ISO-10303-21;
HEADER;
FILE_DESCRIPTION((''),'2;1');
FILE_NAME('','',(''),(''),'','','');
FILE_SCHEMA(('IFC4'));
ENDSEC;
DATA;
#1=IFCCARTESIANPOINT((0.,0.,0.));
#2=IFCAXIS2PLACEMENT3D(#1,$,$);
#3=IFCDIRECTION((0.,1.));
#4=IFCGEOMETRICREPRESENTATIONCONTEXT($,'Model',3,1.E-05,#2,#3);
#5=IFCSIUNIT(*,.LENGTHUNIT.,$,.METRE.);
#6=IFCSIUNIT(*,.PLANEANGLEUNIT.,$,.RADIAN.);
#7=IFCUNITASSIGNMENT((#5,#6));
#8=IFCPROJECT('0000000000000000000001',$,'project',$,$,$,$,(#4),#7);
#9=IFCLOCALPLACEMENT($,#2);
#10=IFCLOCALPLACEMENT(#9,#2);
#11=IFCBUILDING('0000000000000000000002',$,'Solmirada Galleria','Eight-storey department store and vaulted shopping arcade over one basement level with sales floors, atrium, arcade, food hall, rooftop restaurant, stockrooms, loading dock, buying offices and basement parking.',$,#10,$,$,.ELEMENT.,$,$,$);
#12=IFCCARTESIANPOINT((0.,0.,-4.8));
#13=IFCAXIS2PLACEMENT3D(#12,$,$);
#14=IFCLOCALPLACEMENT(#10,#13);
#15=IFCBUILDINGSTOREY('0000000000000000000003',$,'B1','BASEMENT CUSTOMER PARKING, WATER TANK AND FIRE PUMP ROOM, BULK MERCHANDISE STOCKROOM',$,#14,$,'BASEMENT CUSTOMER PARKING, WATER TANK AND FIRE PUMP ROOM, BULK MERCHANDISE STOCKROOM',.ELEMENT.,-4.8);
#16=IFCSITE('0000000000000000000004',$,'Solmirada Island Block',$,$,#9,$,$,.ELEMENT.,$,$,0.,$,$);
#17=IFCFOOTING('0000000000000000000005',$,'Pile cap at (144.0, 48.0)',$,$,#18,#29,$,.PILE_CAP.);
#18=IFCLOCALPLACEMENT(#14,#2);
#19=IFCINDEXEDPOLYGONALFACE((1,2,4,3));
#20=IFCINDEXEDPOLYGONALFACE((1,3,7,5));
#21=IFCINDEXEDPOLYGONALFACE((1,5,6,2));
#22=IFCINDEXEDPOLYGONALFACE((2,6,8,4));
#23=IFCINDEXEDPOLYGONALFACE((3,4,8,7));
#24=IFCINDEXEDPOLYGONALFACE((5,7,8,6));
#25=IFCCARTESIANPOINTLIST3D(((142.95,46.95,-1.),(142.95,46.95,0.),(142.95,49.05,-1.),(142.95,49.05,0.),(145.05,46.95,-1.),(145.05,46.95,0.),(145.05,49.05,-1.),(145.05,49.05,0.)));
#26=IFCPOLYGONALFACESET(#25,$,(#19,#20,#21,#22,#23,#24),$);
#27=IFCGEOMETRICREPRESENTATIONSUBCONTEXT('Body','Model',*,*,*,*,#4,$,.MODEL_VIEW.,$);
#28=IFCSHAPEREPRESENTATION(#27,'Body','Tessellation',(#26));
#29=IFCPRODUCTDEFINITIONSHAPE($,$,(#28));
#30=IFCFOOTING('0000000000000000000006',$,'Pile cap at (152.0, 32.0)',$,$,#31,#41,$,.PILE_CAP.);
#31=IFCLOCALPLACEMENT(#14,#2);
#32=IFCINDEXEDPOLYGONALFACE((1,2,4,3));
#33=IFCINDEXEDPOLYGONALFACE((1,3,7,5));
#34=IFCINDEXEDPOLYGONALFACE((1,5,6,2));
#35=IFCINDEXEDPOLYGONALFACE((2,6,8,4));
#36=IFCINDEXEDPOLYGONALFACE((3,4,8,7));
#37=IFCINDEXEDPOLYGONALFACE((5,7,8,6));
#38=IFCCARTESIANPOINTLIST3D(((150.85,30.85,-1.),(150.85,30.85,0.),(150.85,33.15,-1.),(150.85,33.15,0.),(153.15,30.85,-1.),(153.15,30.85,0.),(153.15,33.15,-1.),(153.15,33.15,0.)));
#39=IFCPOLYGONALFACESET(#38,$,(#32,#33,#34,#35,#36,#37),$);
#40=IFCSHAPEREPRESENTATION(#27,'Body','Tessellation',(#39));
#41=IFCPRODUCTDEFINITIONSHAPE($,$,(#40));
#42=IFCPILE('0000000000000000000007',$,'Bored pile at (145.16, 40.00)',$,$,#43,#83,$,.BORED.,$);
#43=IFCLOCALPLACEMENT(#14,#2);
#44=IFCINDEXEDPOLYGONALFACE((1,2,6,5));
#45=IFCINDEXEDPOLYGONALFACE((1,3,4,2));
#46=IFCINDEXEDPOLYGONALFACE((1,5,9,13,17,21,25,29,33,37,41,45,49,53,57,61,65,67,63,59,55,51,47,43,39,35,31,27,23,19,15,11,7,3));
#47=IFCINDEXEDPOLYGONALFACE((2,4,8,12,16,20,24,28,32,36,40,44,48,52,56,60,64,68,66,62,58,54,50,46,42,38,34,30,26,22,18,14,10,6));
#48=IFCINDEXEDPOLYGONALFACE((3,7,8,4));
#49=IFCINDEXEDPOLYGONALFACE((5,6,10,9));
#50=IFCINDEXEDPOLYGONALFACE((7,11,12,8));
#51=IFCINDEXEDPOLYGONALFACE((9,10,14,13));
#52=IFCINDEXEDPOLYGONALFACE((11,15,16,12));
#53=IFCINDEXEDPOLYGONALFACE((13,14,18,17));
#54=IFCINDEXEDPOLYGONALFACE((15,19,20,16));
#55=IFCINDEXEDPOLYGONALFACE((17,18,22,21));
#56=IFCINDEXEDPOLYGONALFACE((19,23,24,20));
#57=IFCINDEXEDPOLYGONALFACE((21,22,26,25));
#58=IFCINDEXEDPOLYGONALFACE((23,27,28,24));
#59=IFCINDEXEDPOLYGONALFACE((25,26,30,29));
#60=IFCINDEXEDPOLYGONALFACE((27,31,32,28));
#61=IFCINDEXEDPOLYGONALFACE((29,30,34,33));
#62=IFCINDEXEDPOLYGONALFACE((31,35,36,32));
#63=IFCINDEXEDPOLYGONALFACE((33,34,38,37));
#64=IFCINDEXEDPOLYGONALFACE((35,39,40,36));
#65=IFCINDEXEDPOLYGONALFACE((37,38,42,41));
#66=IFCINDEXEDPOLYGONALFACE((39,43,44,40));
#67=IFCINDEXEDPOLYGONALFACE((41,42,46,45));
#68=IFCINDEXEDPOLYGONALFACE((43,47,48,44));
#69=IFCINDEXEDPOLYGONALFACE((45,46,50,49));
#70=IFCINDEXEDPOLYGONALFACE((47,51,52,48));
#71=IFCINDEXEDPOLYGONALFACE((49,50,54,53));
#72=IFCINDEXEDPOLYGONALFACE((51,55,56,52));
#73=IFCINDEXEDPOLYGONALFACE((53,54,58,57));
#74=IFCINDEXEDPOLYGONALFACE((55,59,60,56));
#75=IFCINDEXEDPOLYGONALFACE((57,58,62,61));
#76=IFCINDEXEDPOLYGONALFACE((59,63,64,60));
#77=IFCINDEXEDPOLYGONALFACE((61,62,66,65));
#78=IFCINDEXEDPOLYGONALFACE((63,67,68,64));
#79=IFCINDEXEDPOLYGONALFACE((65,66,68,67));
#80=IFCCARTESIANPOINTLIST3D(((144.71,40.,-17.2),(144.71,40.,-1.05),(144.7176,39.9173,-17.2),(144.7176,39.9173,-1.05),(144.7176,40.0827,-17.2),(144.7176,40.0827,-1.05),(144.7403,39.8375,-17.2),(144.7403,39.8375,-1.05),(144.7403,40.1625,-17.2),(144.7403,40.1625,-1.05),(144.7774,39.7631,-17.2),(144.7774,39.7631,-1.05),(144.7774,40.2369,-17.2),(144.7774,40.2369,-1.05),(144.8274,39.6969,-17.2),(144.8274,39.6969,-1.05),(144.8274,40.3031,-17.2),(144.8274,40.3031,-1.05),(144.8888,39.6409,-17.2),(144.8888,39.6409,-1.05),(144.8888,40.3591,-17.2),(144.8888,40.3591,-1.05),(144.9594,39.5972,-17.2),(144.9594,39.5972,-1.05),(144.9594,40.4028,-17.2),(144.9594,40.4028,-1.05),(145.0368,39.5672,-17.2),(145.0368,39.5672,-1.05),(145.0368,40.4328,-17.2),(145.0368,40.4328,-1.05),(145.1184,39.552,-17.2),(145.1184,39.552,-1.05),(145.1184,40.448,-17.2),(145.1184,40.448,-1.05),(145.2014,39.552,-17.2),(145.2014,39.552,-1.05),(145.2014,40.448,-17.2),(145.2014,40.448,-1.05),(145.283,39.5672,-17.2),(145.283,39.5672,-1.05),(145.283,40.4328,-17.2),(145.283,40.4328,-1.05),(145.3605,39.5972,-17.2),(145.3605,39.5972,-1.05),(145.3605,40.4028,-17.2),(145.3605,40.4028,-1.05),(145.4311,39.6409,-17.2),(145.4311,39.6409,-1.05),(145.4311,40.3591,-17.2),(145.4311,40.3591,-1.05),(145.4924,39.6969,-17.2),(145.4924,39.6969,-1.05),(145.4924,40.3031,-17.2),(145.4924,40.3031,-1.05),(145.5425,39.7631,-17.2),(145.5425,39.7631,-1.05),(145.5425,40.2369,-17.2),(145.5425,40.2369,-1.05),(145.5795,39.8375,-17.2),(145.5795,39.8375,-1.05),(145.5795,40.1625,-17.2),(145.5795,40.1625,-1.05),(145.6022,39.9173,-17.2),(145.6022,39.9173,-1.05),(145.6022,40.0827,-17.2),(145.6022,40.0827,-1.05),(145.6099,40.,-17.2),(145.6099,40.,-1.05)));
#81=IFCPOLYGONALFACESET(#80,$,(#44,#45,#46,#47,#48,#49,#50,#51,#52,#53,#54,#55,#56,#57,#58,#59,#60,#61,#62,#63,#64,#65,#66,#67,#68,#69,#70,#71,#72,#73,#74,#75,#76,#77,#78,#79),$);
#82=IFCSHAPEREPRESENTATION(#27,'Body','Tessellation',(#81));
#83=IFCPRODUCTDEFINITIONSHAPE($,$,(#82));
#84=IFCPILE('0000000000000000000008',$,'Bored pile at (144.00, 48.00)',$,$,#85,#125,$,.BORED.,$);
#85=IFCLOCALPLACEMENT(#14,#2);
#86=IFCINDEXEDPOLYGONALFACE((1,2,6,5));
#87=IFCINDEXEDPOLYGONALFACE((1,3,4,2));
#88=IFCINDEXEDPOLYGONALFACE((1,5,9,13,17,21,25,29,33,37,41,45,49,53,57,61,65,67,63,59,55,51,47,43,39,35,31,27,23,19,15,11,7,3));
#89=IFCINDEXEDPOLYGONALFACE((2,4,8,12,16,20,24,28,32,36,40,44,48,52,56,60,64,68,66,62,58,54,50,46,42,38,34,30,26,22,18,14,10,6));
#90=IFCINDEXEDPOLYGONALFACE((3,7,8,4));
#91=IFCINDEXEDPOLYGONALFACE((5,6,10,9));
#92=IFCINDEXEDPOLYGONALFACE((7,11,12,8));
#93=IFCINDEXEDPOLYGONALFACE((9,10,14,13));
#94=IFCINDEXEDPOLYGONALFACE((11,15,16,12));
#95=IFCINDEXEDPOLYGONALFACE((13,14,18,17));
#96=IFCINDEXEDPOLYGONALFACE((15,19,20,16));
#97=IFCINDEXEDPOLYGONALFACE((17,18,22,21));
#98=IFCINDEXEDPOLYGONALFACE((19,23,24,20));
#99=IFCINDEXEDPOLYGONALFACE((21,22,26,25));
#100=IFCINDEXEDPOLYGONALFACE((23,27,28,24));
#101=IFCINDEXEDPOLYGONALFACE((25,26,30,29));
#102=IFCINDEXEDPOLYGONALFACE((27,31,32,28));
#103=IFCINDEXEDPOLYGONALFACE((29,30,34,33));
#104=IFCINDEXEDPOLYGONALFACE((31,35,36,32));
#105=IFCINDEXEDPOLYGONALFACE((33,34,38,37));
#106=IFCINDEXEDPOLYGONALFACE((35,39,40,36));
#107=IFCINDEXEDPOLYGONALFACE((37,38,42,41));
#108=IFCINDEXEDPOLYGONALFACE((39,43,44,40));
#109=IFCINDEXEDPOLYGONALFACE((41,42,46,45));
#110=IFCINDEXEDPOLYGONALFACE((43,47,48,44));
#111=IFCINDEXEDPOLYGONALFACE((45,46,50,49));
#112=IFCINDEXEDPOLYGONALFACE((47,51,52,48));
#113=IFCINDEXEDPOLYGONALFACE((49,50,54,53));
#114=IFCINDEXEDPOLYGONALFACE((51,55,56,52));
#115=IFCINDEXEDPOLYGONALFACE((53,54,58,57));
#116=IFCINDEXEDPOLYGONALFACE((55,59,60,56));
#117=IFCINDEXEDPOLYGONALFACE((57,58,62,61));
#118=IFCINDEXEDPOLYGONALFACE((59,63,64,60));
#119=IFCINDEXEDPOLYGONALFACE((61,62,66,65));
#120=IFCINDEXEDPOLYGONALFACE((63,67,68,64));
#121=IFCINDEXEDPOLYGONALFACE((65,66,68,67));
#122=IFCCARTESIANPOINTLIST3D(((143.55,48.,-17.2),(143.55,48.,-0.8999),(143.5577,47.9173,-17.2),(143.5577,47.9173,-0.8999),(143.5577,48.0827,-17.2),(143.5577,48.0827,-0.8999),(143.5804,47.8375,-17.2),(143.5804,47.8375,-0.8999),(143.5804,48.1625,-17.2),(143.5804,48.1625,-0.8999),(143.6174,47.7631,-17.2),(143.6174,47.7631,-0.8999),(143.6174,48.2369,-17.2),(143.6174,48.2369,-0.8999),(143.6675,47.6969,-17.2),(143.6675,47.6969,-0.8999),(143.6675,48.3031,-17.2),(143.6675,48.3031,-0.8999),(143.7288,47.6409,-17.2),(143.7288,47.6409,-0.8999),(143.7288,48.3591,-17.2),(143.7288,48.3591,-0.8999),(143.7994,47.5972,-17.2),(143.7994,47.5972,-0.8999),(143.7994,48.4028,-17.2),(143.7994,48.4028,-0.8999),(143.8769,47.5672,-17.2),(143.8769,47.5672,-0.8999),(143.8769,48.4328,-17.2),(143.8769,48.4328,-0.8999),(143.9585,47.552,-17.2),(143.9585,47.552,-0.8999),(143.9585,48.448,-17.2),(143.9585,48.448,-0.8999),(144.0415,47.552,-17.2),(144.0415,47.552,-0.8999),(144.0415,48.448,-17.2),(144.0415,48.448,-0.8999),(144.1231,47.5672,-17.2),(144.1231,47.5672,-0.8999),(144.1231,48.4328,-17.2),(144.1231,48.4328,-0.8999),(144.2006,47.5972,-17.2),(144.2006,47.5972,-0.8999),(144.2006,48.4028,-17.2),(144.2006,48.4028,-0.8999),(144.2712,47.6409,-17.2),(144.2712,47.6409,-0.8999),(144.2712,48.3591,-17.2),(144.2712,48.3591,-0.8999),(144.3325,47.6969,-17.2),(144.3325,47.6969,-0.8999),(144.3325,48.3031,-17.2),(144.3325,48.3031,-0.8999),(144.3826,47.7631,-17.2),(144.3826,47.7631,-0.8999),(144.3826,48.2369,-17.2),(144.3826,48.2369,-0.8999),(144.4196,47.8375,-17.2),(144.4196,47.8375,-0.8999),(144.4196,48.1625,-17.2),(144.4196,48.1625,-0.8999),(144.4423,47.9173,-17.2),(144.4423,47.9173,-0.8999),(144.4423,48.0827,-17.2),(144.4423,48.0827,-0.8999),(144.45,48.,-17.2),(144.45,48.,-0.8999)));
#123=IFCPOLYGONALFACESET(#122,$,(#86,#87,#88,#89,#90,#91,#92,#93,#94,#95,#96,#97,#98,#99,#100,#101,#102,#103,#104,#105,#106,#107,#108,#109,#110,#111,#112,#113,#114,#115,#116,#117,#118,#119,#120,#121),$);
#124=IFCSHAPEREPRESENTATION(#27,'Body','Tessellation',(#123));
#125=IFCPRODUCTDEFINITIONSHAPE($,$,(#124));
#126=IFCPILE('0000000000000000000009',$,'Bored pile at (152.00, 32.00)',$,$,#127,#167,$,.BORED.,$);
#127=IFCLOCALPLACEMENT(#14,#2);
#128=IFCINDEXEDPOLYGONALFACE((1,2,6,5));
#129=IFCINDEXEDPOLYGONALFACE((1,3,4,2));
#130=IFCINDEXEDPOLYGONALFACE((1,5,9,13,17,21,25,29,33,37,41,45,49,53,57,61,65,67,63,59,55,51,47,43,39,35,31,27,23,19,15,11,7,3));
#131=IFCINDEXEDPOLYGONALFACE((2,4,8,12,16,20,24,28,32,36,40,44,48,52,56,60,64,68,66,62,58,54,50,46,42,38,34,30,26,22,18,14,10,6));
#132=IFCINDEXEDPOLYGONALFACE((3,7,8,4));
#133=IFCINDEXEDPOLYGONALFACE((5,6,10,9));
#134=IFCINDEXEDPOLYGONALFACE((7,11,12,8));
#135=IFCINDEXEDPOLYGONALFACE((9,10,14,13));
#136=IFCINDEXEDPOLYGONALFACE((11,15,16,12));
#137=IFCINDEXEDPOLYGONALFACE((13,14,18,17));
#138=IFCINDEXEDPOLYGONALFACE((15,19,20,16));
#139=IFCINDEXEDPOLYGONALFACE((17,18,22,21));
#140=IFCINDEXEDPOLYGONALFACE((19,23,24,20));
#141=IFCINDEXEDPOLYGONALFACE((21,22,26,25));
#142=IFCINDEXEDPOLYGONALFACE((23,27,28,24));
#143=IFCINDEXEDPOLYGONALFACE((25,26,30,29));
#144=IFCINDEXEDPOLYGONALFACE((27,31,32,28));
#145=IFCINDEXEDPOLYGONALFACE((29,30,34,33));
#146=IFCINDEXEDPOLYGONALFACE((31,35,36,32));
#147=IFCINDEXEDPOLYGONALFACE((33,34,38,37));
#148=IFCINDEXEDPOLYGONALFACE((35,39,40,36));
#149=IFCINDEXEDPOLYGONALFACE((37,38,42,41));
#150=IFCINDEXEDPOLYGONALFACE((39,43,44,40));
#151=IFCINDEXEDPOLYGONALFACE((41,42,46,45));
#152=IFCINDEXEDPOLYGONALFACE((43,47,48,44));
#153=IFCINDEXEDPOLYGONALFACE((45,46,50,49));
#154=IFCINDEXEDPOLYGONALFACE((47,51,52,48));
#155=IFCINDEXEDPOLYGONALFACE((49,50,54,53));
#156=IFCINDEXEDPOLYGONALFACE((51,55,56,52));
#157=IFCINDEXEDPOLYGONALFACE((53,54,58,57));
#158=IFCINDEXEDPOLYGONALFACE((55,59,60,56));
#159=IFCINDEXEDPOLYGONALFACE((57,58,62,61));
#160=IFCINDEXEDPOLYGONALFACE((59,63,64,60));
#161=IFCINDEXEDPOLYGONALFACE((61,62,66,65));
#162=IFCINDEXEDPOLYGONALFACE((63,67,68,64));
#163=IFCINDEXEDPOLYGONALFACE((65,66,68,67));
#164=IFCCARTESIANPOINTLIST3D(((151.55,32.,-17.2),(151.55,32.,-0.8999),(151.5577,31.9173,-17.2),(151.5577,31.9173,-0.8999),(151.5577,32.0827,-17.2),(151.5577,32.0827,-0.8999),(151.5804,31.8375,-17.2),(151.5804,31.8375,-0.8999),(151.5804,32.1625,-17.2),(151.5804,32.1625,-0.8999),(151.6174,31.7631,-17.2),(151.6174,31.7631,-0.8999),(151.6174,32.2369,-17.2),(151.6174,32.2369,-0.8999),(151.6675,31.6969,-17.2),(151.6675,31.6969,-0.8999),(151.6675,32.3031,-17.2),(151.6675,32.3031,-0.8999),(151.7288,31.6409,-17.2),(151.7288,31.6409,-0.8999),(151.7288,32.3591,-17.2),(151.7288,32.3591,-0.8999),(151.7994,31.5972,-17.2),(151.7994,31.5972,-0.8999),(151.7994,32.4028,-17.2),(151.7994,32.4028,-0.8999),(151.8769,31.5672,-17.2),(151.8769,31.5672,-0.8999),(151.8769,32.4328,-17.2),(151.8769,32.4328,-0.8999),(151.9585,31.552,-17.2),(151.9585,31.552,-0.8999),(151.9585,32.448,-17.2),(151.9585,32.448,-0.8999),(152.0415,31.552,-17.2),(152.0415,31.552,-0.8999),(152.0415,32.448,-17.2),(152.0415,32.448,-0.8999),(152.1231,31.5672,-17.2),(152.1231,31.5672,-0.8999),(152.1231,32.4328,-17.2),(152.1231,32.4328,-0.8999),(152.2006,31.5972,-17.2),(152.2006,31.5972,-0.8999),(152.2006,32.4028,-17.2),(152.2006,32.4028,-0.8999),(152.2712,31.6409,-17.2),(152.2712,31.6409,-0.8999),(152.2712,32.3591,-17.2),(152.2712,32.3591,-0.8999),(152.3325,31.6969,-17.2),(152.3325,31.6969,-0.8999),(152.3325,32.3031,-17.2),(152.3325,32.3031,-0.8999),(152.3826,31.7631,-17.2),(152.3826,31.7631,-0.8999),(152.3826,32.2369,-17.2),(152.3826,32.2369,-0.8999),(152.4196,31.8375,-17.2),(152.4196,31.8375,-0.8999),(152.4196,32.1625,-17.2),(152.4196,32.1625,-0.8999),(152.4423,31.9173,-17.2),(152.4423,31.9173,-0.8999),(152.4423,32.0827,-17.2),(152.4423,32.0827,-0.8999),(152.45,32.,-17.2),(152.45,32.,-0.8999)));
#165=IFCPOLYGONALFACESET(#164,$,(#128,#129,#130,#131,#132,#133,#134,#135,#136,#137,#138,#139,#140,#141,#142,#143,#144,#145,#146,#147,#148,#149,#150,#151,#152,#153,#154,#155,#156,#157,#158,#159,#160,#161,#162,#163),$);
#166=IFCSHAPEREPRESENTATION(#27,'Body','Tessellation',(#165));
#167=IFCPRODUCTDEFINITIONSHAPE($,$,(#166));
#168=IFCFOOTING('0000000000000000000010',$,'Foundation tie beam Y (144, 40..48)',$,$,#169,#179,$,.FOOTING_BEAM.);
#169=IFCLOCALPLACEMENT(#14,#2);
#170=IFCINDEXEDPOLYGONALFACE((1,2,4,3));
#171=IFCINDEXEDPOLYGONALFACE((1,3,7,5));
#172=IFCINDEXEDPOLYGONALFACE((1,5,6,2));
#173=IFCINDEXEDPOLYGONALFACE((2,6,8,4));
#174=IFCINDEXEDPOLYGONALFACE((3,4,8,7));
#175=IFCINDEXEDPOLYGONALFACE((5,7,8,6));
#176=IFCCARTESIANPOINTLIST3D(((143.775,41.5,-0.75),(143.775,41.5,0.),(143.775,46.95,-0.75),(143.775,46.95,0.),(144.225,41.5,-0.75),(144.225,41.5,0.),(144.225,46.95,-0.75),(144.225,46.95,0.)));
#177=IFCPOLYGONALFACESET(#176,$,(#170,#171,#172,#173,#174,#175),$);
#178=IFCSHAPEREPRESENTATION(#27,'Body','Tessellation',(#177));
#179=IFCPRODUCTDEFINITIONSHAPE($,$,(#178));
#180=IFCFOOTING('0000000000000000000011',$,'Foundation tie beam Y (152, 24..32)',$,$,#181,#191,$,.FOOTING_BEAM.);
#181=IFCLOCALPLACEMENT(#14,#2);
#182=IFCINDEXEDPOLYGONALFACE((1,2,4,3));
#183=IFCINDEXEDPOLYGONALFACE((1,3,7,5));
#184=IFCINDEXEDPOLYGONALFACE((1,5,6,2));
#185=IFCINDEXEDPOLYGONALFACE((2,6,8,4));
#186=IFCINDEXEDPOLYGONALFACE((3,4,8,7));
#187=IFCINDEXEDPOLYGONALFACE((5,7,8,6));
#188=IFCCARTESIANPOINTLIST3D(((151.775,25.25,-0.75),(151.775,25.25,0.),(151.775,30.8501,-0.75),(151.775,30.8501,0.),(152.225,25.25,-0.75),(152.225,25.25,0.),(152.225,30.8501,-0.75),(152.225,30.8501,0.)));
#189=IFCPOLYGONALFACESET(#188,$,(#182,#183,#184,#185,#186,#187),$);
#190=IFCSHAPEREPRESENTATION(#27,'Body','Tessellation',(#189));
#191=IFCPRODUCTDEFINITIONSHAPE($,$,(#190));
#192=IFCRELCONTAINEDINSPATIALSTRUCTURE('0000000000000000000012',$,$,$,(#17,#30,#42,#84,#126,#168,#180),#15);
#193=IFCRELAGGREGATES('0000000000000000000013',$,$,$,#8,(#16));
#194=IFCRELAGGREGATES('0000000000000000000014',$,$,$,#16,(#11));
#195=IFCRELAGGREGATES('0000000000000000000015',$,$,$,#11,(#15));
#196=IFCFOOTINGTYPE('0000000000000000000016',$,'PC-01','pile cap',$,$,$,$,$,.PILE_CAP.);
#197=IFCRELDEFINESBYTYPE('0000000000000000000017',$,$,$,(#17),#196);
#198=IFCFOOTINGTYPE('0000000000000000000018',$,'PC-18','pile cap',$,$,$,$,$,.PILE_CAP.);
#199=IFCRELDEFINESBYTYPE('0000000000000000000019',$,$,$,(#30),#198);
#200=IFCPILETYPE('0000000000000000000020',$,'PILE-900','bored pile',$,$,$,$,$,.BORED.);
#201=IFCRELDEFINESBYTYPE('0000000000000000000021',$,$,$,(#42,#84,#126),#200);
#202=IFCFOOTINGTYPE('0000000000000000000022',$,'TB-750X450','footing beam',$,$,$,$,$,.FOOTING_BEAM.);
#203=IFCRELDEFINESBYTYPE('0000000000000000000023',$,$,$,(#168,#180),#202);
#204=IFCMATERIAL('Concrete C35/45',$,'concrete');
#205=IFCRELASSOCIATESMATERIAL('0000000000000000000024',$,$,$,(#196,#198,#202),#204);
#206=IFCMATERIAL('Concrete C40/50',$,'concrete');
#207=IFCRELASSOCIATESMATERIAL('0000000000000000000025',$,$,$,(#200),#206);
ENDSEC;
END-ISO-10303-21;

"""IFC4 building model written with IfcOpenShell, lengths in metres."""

from ifc_helpers import new_model, si_unit, direction, frame, origin, origin_2d, place, context, subcontext, project, spatial, rectangle, circle, extrude, material, material_profile, profile_set, type_object, element, save


model = new_model("IFC4")

# Units and contexts
model_context = context("Model", 3, precision=1e-05, world=origin(), true_north=direction((0.0, 1.0)))
body_context = subcontext(model_context, "Body", "Model", "MODEL_VIEW")
ifc_project = project(units=[si_unit("LENGTHUNIT", "METRE"), si_unit("PLANEANGLEUNIT", "RADIAN")], contexts=[model_context])

# Site, building, storey
site_placement = place(None, origin())
site = spatial("IfcSite", under=ifc_project, at=site_placement, Name="Solmirada Island Block", CompositionType="ELEMENT", RefElevation=0.0)
building_placement = place(site_placement, origin())
building = spatial("IfcBuilding", under=site, at=building_placement, Name="Solmirada Galleria", Description="Eight-storey department store and vaulted shopping arcade over one basement level with sales floors, atrium, arcade, food hall, rooftop restaurant, stockrooms, loading dock, buying offices and basement parking.", CompositionType="ELEMENT")
storey_placement = place(building_placement, frame((0.0, 0.0, -4.8)))
storey = spatial("IfcBuildingStorey", under=building, at=storey_placement, Name="B1", Description="BASEMENT CUSTOMER PARKING, WATER TANK AND FIRE PUMP ROOM, BULK MERCHANDISE STOCKROOM", LongName="BASEMENT CUSTOMER PARKING, WATER TANK AND FIRE PUMP ROOM, BULK MERCHANDISE STOCKROOM", CompositionType="ELEMENT", Elevation=-4.8)

# Footings
ifc_material_1 = material(Name="Concrete C35/45", Category="concrete")
footing_type_1 = type_object("IfcFootingType", Name="PC-01", Description="pile cap", PredefinedType="PILE_CAP", material=ifc_material_1)
footing_1_placement = place(storey_placement, frame((144.0, 48.0, -1.0), z_axis=(0.0, 0.0, 1.0), x_axis=(1.0, 0.0, 0.0)))
element("IfcFooting", 1, at=footing_1_placement, inside=storey, type_object=footing_type_1, Name="Pile cap at (144.0, 48.0)", PredefinedType="PILE_CAP", context=body_context, shape_type="SweptSolid", body=[
    extrude(rectangle(XDim=2.1001, YDim=2.1001, at=origin_2d()), origin(), (0.0, 0.0, 1.0), 1.0),
])
footing_type_2 = type_object("IfcFootingType", Name="PC-18", Description="pile cap", PredefinedType="PILE_CAP", material=ifc_material_1)
footing_2_placement = place(storey_placement, frame((152.0, 32.0, -1.0), z_axis=(0.0, 0.0, 1.0), x_axis=(1.0, 0.0, 0.0)))
element("IfcFooting", 2, at=footing_2_placement, inside=storey, type_object=footing_type_2, Name="Pile cap at (152.0, 32.0)", PredefinedType="PILE_CAP", context=body_context, shape_type="SweptSolid", body=[
    extrude(rectangle(XDim=2.3, YDim=2.3, at=origin_2d()), origin(), (0.0, 0.0, 1.0), 1.0),
])

# Piles
ifc_material_2 = material(Name="Concrete C40/50", Category="concrete")
ifc_material_profile_1 = material_profile(ifc_material_2, circle(Radius=0.45, at=origin_2d()), Name="PILE900")
ifc_profile_set_1 = profile_set([ifc_material_profile_1], Name="Concrete C40/50")
pile_type = type_object("IfcPileType", Name="PILE-900", Description="bored pile", PredefinedType="BORED", material=ifc_profile_set_1)
pile_placement = place(storey_placement, frame((145.1599, 40.0, -1.05), z_axis=(0.0, 0.0, -1.0), x_axis=(1.0, 0.0, 0.0)))
element("IfcPile", 3, at=pile_placement, inside=storey, type_object=pile_type, Name="Bored pile at (145.16, 40.00)", PredefinedType="BORED", context=body_context, shape_type="SweptSolid", body=[
    extrude(circle(Radius=0.45, at=origin_2d()), origin(), (0.0, 0.0, 1.0), 16.1499),
])
for number, where, z_axis, x_axis, name in (
    (4, (144.0, 48.0, -0.8999), (0.0, 0.0, -1.0), (1.0, 0.0, 0.0), "Bored pile at (144.00, 48.00)"),
    (5, (152.0, 32.0, -0.8999), (0.0, 0.0, -1.0), (1.0, 0.0, 0.0), "Bored pile at (152.00, 32.00)"),
):
    element("IfcPile", number, at=place(storey_placement, frame(where, z_axis=z_axis, x_axis=x_axis)), inside=storey, type_object=pile_type, Name=name, PredefinedType="BORED", context=body_context, shape_type="SweptSolid", body=[
        extrude(circle(Radius=0.45, at=origin_2d()), origin(), (0.0, 0.0, 1.0), 16.3),
    ])

# Footings
ifc_material_profile_2 = material_profile(ifc_material_1, rectangle(XDim=0.45, YDim=0.75, at=origin_2d()), Name="RC750X450")
ifc_profile_set_2 = profile_set([ifc_material_profile_2], Name="Concrete C35/45")
footing_type_3 = type_object("IfcFootingType", Name="TB-750X450", Description="footing beam", PredefinedType="FOOTING_BEAM", material=ifc_profile_set_2)
footing_3_placement = place(storey_placement, frame((144.0, 41.5, -0.375), z_axis=(0.0, 1.0, 0.0), x_axis=(-1.0, 0.0, 0.0)))
element("IfcFooting", 6, at=footing_3_placement, inside=storey, type_object=footing_type_3, Name="Foundation tie beam Y (144, 40..48)", PredefinedType="FOOTING_BEAM", context=body_context, shape_type="SweptSolid", body=[
    extrude(rectangle(XDim=0.45, YDim=0.75, at=origin_2d()), origin(), (0.0, 0.0, 1.0), 5.45),
])
footing_4_placement = place(storey_placement, frame((152.0, 25.25, -0.375), z_axis=(0.0, 1.0, 0.0), x_axis=(-1.0, 0.0, 0.0)))
element("IfcFooting", 7, at=footing_4_placement, inside=storey, type_object=footing_type_3, Name="Foundation tie beam Y (152, 24..32)", PredefinedType="FOOTING_BEAM", context=body_context, shape_type="SweptSolid", body=[
    extrude(rectangle(XDim=0.45, YDim=0.75, at=origin_2d()), origin(), (0.0, 0.0, 1.0), 5.6001),
])

save(model, "model.ifc")
